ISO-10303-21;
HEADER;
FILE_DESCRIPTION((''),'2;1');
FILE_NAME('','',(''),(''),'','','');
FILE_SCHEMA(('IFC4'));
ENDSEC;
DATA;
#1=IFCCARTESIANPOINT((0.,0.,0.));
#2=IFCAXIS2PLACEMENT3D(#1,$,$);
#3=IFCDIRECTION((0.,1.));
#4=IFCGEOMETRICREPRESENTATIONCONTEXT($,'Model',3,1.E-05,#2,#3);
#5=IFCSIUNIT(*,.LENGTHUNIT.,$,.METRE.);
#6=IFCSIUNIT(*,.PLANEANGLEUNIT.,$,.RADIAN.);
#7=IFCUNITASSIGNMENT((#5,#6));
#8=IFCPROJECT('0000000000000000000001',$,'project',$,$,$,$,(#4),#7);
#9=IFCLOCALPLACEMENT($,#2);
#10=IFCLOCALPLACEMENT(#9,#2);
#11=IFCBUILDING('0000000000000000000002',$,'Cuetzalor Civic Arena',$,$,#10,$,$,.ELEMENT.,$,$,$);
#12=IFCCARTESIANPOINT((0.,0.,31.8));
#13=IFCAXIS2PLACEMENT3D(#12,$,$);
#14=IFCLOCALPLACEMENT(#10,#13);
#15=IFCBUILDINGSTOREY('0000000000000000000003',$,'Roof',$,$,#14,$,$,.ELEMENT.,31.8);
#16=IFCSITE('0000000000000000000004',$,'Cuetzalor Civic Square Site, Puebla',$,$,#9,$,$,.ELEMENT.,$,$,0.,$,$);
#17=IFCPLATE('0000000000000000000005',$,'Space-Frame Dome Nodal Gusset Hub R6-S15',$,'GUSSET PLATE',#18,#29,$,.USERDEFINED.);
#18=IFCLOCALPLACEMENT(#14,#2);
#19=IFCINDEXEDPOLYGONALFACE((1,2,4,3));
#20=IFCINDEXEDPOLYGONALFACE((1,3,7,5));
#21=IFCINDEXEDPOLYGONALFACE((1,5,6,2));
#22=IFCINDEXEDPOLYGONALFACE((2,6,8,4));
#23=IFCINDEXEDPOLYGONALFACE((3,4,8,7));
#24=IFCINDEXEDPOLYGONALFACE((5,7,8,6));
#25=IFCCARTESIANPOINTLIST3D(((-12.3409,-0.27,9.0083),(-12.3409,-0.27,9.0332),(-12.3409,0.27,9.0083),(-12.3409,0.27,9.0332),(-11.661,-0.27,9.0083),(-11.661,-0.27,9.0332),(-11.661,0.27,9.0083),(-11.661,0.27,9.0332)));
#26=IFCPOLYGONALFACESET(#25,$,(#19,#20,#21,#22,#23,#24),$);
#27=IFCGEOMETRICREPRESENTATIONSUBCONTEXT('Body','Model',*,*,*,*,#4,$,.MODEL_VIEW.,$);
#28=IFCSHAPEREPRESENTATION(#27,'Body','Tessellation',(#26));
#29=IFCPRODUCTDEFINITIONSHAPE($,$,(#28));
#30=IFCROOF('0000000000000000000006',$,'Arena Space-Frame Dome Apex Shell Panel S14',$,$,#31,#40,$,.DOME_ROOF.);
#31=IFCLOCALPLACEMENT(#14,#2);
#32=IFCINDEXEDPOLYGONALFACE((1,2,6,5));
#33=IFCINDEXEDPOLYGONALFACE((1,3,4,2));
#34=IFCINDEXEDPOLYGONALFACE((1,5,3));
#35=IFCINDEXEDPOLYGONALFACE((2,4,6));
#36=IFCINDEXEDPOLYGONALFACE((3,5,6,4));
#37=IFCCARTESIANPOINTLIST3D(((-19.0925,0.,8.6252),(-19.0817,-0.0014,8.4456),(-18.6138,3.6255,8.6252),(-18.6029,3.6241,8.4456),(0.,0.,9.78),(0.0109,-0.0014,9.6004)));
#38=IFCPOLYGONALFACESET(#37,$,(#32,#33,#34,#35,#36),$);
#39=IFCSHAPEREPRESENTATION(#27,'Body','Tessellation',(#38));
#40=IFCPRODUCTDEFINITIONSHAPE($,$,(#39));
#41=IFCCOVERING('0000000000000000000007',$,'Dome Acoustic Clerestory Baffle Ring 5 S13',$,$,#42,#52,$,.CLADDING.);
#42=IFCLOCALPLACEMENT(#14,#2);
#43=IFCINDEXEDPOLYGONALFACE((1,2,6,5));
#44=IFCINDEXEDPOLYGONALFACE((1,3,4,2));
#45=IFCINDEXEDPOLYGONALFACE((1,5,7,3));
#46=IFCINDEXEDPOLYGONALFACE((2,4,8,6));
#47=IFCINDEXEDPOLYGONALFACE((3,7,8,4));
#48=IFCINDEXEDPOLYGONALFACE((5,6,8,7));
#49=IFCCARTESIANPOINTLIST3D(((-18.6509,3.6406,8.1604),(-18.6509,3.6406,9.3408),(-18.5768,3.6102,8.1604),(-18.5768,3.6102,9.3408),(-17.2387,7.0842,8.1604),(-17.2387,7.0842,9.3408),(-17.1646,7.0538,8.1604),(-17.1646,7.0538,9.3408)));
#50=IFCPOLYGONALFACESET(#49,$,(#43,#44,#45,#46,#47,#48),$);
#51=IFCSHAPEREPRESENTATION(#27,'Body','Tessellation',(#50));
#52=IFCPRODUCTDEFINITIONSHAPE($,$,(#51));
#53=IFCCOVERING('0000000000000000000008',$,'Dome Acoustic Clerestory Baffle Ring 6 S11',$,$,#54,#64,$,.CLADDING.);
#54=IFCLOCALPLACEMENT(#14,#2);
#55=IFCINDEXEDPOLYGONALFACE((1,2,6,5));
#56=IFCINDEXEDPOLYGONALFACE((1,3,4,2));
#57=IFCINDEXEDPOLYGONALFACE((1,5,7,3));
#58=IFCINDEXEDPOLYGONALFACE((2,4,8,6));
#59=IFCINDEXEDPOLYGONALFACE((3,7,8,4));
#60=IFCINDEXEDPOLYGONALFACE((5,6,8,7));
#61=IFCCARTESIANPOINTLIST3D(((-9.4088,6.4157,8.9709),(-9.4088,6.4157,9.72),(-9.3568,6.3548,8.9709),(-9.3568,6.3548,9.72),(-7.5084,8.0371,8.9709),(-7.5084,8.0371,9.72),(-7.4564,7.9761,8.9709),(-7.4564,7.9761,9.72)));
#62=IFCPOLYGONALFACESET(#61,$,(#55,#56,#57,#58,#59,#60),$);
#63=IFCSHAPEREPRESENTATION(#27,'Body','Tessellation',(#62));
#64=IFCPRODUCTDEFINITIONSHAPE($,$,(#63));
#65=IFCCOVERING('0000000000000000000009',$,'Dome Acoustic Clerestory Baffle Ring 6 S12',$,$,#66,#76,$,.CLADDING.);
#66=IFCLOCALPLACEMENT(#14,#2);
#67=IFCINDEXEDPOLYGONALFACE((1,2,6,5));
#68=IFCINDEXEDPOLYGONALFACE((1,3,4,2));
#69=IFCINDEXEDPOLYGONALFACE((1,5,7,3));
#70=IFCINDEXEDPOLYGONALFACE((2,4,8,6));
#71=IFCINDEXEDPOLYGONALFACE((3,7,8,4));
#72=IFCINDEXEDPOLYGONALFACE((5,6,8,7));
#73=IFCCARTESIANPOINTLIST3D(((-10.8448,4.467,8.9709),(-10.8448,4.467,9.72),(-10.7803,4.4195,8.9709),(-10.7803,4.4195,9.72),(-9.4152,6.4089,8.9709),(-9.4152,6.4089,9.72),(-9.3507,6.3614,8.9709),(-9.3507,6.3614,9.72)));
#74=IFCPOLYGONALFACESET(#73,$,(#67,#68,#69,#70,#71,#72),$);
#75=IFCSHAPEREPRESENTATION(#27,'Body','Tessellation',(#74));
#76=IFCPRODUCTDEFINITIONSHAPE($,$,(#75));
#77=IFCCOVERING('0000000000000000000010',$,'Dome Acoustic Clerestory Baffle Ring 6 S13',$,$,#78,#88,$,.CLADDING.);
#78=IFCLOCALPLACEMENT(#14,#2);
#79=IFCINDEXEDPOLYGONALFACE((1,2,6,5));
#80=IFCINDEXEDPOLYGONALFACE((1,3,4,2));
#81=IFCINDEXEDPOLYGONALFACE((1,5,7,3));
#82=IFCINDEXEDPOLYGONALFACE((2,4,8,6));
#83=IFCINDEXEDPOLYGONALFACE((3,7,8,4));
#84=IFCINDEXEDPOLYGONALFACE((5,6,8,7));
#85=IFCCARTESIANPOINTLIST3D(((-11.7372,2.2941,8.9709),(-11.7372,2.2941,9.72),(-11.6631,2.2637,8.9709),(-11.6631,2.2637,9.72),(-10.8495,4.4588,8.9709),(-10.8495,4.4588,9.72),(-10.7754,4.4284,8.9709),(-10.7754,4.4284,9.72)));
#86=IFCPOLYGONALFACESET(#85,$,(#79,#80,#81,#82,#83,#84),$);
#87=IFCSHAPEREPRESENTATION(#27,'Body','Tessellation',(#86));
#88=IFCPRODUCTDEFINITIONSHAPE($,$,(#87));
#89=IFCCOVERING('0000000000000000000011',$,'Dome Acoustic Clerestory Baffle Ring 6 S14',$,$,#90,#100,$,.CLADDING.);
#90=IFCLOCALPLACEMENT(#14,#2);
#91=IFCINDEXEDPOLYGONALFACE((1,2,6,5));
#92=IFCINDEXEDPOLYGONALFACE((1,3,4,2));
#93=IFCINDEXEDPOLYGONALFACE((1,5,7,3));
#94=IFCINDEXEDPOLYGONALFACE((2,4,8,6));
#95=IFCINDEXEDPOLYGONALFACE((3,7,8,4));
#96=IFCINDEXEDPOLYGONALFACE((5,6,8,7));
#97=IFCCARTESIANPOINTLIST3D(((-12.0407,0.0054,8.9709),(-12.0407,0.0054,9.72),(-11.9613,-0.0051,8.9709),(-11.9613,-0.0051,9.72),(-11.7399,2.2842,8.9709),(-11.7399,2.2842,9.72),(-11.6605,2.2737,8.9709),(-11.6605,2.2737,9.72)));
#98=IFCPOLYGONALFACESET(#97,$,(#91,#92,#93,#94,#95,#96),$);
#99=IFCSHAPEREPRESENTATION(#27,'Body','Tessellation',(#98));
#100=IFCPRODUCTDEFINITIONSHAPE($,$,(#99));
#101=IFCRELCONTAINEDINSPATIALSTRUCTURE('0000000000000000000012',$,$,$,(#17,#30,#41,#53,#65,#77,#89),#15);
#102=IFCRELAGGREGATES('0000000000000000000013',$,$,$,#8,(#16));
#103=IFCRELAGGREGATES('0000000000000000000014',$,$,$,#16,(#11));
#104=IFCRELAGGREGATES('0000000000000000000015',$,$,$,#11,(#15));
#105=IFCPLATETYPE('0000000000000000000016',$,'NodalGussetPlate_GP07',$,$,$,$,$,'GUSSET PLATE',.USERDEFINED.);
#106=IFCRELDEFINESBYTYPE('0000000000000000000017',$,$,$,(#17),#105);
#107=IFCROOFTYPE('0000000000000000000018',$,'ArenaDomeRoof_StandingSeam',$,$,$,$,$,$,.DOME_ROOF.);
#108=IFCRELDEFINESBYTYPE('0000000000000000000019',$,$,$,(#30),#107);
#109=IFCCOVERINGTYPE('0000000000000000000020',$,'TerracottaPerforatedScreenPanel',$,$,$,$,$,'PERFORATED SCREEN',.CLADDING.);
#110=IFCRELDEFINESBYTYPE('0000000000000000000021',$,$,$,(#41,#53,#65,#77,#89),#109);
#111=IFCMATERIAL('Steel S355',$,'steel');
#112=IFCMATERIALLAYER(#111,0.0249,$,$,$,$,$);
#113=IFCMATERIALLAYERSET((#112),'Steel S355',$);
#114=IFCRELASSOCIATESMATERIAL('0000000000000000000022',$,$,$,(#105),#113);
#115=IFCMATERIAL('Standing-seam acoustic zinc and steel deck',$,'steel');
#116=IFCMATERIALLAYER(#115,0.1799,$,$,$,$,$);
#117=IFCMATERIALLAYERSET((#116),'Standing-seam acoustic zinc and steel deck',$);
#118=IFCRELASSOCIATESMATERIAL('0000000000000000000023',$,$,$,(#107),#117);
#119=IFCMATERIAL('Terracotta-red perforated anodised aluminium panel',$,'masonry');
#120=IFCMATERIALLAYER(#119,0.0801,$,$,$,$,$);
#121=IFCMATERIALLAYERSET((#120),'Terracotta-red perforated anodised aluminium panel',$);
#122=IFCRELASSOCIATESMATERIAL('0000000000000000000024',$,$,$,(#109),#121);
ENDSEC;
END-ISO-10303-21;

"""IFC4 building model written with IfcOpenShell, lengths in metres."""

from ifc_helpers import new_model, si_unit, direction, frame, frame_2d, origin, origin_2d, place, context, subcontext, project, spatial, polyline, rectangle, outline, extrude, material, layer, layer_set, type_object, element, save


model = new_model("IFC4")

# Units and contexts
model_context = context("Model", 3, precision=1e-05, world=origin(), true_north=direction((0.0, 1.0)))
body_context = subcontext(model_context, "Body", "Model", "MODEL_VIEW")
ifc_project = project(units=[si_unit("LENGTHUNIT", "METRE"), si_unit("PLANEANGLEUNIT", "RADIAN")], contexts=[model_context])

# Site, building, storey
site_placement = place(None, origin())
site = spatial("IfcSite", under=ifc_project, at=site_placement, Name="Cuetzalor Civic Square Site, Puebla", CompositionType="ELEMENT", RefElevation=0.0)
building_placement = place(site_placement, origin())
building = spatial("IfcBuilding", under=site, at=building_placement, Name="Cuetzalor Civic Arena", CompositionType="ELEMENT")
storey_placement = place(building_placement, frame((0.0, 0.0, 31.8)))
storey = spatial("IfcBuildingStorey", under=building, at=storey_placement, Name="Roof", CompositionType="ELEMENT", Elevation=31.8)

# Plate
ifc_material_1 = material(Name="Steel S355", Category="steel")
ifc_layer_1 = layer(ifc_material_1, 0.0249)
ifc_layer_set_1 = layer_set([ifc_layer_1], Name="Steel S355")
plate_type = type_object("IfcPlateType", Name="NodalGussetPlate_GP07", ElementType="GUSSET PLATE", PredefinedType="USERDEFINED", material=ifc_layer_set_1)
for number, where, z_axis, x_axis, name in (
    (1, (-12.001, 0.0, 9.0083), (0.0, 0.0, 1.0), (-1.0, 0.0, 0.0), "Space-Frame Dome Nodal Gusset Hub R6-S15"),
):
    element("IfcPlate", number, at=place(storey_placement, frame(where, z_axis=z_axis, x_axis=x_axis)), inside=storey, type_object=plate_type, Name=name, ObjectType="GUSSET PLATE", PredefinedType="USERDEFINED", context=body_context, shape_type="SweptSolid", body=[
        extrude(rectangle(XDim=0.6799, YDim=0.54, at=origin_2d()), origin(), (0.0, 0.0, 1.0), 0.0249),
    ])

# Roof
ifc_material_2 = material(Name="Standing-seam acoustic zinc and steel deck", Category="steel")
ifc_layer_2 = layer(ifc_material_2, 0.1799)
ifc_layer_set_2 = layer_set([ifc_layer_2], Name="Standing-seam acoustic zinc and steel deck")
roof_type = type_object("IfcRoofType", Name="ArenaDomeRoof_StandingSeam", PredefinedType="DOME_ROOF", material=ifc_layer_set_2)
roof_placement = place(storey_placement, frame((-18.6138, 3.6255, 8.6252), z_axis=(-0.060371, 0.007972, 0.998144), x_axis=(-0.130917, -0.991393, 0.0)))
element("IfcRoof", 2, at=roof_placement, inside=storey, type_object=roof_type, Name="Arena Space-Frame Dome Apex Shell Panel S14", PredefinedType="DOME_ROOF", context=body_context, shape_type="SweptSolid", body=[
    extrude(outline(polyline([(0.0, 0.0), (3.657, 0.0), (1.1574, 18.9634), (0.0, 0.0)])), origin(), (0.0, 0.0, -1.0), 0.1799),
])

# Coverings
ifc_material_3 = material(Name="Terracotta-red perforated anodised aluminium panel", Category="masonry")
ifc_layer_3 = layer(ifc_material_3, 0.0801)
ifc_layer_set_3 = layer_set([ifc_layer_3], Name="Terracotta-red perforated anodised aluminium panel")
covering_type = type_object("IfcCoveringType", Name="TerracottaPerforatedScreenPanel", ElementType="PERFORATED SCREEN", PredefinedType="CLADDING", material=ifc_layer_set_3)
covering_1_placement = place(storey_placement, frame((-18.6138, 3.6255, 8.1604), z_axis=(0.0, 0.0, 1.0), x_axis=(0.379407, 0.92523, 0.0)))
element("IfcCovering", 3, at=covering_1_placement, inside=storey, type_object=covering_type, Name="Dome Acoustic Clerestory Baffle Ring 5 S13", PredefinedType="CLADDING", context=body_context, shape_type="SweptSolid", body=[
    extrude(rectangle(XDim=3.7219, YDim=0.0801, at=frame_2d((1.8608, 0.0))), origin(), (0.0, 0.0, 1.0), 1.1804),
])
covering_2_placement = place(storey_placement, frame((-9.3828, 6.3853, 8.9709), z_axis=(0.0, 0.0, 1.0), x_axis=(0.760752, 0.649043, 0.0)))
element("IfcCovering", 4, at=covering_2_placement, inside=storey, type_object=covering_type, Name="Dome Acoustic Clerestory Baffle Ring 6 S11", PredefinedType="CLADDING", context=body_context, shape_type="SweptSolid", body=[
    extrude(rectangle(XDim=2.498, YDim=0.0801, at=frame_2d((1.249, 0.0))), origin(), (0.0, 0.0, 1.0), 0.749),
])
covering_3_placement = place(storey_placement, frame((-10.8125, 4.4434, 8.9709), z_axis=(0.0, 0.0, 1.0), x_axis=(0.592881, 0.80529, 0.0)))
element("IfcCovering", 5, at=covering_3_placement, inside=storey, type_object=covering_type, Name="Dome Acoustic Clerestory Baffle Ring 6 S12", PredefinedType="CLADDING", context=body_context, shape_type="SweptSolid", body=[
    extrude(rectangle(XDim=2.4114, YDim=0.0801, at=frame_2d((1.2056, 0.0))), origin(), (0.0, 0.0, 1.0), 0.749),
])
covering_4_placement = place(storey_placement, frame((-11.7002, 2.2788, 8.9709), z_axis=(0.0, 0.0, 1.0), x_axis=(0.379437, 0.925217, 0.0)))
element("IfcCovering", 6, at=covering_4_placement, inside=storey, type_object=covering_type, Name="Dome Acoustic Clerestory Baffle Ring 6 S13", PredefinedType="CLADDING", context=body_context, shape_type="SweptSolid", body=[
    extrude(rectangle(XDim=2.3396, YDim=0.0801, at=frame_2d((1.1699, 0.0))), origin(), (0.0, 0.0, 1.0), 0.749),
])
covering_5_placement = place(storey_placement, frame((-12.001, 0.0, 8.9709), z_axis=(0.0, 0.0, 1.0), x_axis=(0.130856, 0.991401, 0.0)))
element("IfcCovering", 7, at=covering_5_placement, inside=storey, type_object=covering_type, Name="Dome Acoustic Clerestory Baffle Ring 6 S14", PredefinedType="CLADDING", context=body_context, shape_type="SweptSolid", body=[
    extrude(rectangle(XDim=2.2986, YDim=0.0801, at=frame_2d((1.1494, 0.0))), origin(), (0.0, 0.0, 1.0), 0.749),
])

save(model, "model.ifc")
